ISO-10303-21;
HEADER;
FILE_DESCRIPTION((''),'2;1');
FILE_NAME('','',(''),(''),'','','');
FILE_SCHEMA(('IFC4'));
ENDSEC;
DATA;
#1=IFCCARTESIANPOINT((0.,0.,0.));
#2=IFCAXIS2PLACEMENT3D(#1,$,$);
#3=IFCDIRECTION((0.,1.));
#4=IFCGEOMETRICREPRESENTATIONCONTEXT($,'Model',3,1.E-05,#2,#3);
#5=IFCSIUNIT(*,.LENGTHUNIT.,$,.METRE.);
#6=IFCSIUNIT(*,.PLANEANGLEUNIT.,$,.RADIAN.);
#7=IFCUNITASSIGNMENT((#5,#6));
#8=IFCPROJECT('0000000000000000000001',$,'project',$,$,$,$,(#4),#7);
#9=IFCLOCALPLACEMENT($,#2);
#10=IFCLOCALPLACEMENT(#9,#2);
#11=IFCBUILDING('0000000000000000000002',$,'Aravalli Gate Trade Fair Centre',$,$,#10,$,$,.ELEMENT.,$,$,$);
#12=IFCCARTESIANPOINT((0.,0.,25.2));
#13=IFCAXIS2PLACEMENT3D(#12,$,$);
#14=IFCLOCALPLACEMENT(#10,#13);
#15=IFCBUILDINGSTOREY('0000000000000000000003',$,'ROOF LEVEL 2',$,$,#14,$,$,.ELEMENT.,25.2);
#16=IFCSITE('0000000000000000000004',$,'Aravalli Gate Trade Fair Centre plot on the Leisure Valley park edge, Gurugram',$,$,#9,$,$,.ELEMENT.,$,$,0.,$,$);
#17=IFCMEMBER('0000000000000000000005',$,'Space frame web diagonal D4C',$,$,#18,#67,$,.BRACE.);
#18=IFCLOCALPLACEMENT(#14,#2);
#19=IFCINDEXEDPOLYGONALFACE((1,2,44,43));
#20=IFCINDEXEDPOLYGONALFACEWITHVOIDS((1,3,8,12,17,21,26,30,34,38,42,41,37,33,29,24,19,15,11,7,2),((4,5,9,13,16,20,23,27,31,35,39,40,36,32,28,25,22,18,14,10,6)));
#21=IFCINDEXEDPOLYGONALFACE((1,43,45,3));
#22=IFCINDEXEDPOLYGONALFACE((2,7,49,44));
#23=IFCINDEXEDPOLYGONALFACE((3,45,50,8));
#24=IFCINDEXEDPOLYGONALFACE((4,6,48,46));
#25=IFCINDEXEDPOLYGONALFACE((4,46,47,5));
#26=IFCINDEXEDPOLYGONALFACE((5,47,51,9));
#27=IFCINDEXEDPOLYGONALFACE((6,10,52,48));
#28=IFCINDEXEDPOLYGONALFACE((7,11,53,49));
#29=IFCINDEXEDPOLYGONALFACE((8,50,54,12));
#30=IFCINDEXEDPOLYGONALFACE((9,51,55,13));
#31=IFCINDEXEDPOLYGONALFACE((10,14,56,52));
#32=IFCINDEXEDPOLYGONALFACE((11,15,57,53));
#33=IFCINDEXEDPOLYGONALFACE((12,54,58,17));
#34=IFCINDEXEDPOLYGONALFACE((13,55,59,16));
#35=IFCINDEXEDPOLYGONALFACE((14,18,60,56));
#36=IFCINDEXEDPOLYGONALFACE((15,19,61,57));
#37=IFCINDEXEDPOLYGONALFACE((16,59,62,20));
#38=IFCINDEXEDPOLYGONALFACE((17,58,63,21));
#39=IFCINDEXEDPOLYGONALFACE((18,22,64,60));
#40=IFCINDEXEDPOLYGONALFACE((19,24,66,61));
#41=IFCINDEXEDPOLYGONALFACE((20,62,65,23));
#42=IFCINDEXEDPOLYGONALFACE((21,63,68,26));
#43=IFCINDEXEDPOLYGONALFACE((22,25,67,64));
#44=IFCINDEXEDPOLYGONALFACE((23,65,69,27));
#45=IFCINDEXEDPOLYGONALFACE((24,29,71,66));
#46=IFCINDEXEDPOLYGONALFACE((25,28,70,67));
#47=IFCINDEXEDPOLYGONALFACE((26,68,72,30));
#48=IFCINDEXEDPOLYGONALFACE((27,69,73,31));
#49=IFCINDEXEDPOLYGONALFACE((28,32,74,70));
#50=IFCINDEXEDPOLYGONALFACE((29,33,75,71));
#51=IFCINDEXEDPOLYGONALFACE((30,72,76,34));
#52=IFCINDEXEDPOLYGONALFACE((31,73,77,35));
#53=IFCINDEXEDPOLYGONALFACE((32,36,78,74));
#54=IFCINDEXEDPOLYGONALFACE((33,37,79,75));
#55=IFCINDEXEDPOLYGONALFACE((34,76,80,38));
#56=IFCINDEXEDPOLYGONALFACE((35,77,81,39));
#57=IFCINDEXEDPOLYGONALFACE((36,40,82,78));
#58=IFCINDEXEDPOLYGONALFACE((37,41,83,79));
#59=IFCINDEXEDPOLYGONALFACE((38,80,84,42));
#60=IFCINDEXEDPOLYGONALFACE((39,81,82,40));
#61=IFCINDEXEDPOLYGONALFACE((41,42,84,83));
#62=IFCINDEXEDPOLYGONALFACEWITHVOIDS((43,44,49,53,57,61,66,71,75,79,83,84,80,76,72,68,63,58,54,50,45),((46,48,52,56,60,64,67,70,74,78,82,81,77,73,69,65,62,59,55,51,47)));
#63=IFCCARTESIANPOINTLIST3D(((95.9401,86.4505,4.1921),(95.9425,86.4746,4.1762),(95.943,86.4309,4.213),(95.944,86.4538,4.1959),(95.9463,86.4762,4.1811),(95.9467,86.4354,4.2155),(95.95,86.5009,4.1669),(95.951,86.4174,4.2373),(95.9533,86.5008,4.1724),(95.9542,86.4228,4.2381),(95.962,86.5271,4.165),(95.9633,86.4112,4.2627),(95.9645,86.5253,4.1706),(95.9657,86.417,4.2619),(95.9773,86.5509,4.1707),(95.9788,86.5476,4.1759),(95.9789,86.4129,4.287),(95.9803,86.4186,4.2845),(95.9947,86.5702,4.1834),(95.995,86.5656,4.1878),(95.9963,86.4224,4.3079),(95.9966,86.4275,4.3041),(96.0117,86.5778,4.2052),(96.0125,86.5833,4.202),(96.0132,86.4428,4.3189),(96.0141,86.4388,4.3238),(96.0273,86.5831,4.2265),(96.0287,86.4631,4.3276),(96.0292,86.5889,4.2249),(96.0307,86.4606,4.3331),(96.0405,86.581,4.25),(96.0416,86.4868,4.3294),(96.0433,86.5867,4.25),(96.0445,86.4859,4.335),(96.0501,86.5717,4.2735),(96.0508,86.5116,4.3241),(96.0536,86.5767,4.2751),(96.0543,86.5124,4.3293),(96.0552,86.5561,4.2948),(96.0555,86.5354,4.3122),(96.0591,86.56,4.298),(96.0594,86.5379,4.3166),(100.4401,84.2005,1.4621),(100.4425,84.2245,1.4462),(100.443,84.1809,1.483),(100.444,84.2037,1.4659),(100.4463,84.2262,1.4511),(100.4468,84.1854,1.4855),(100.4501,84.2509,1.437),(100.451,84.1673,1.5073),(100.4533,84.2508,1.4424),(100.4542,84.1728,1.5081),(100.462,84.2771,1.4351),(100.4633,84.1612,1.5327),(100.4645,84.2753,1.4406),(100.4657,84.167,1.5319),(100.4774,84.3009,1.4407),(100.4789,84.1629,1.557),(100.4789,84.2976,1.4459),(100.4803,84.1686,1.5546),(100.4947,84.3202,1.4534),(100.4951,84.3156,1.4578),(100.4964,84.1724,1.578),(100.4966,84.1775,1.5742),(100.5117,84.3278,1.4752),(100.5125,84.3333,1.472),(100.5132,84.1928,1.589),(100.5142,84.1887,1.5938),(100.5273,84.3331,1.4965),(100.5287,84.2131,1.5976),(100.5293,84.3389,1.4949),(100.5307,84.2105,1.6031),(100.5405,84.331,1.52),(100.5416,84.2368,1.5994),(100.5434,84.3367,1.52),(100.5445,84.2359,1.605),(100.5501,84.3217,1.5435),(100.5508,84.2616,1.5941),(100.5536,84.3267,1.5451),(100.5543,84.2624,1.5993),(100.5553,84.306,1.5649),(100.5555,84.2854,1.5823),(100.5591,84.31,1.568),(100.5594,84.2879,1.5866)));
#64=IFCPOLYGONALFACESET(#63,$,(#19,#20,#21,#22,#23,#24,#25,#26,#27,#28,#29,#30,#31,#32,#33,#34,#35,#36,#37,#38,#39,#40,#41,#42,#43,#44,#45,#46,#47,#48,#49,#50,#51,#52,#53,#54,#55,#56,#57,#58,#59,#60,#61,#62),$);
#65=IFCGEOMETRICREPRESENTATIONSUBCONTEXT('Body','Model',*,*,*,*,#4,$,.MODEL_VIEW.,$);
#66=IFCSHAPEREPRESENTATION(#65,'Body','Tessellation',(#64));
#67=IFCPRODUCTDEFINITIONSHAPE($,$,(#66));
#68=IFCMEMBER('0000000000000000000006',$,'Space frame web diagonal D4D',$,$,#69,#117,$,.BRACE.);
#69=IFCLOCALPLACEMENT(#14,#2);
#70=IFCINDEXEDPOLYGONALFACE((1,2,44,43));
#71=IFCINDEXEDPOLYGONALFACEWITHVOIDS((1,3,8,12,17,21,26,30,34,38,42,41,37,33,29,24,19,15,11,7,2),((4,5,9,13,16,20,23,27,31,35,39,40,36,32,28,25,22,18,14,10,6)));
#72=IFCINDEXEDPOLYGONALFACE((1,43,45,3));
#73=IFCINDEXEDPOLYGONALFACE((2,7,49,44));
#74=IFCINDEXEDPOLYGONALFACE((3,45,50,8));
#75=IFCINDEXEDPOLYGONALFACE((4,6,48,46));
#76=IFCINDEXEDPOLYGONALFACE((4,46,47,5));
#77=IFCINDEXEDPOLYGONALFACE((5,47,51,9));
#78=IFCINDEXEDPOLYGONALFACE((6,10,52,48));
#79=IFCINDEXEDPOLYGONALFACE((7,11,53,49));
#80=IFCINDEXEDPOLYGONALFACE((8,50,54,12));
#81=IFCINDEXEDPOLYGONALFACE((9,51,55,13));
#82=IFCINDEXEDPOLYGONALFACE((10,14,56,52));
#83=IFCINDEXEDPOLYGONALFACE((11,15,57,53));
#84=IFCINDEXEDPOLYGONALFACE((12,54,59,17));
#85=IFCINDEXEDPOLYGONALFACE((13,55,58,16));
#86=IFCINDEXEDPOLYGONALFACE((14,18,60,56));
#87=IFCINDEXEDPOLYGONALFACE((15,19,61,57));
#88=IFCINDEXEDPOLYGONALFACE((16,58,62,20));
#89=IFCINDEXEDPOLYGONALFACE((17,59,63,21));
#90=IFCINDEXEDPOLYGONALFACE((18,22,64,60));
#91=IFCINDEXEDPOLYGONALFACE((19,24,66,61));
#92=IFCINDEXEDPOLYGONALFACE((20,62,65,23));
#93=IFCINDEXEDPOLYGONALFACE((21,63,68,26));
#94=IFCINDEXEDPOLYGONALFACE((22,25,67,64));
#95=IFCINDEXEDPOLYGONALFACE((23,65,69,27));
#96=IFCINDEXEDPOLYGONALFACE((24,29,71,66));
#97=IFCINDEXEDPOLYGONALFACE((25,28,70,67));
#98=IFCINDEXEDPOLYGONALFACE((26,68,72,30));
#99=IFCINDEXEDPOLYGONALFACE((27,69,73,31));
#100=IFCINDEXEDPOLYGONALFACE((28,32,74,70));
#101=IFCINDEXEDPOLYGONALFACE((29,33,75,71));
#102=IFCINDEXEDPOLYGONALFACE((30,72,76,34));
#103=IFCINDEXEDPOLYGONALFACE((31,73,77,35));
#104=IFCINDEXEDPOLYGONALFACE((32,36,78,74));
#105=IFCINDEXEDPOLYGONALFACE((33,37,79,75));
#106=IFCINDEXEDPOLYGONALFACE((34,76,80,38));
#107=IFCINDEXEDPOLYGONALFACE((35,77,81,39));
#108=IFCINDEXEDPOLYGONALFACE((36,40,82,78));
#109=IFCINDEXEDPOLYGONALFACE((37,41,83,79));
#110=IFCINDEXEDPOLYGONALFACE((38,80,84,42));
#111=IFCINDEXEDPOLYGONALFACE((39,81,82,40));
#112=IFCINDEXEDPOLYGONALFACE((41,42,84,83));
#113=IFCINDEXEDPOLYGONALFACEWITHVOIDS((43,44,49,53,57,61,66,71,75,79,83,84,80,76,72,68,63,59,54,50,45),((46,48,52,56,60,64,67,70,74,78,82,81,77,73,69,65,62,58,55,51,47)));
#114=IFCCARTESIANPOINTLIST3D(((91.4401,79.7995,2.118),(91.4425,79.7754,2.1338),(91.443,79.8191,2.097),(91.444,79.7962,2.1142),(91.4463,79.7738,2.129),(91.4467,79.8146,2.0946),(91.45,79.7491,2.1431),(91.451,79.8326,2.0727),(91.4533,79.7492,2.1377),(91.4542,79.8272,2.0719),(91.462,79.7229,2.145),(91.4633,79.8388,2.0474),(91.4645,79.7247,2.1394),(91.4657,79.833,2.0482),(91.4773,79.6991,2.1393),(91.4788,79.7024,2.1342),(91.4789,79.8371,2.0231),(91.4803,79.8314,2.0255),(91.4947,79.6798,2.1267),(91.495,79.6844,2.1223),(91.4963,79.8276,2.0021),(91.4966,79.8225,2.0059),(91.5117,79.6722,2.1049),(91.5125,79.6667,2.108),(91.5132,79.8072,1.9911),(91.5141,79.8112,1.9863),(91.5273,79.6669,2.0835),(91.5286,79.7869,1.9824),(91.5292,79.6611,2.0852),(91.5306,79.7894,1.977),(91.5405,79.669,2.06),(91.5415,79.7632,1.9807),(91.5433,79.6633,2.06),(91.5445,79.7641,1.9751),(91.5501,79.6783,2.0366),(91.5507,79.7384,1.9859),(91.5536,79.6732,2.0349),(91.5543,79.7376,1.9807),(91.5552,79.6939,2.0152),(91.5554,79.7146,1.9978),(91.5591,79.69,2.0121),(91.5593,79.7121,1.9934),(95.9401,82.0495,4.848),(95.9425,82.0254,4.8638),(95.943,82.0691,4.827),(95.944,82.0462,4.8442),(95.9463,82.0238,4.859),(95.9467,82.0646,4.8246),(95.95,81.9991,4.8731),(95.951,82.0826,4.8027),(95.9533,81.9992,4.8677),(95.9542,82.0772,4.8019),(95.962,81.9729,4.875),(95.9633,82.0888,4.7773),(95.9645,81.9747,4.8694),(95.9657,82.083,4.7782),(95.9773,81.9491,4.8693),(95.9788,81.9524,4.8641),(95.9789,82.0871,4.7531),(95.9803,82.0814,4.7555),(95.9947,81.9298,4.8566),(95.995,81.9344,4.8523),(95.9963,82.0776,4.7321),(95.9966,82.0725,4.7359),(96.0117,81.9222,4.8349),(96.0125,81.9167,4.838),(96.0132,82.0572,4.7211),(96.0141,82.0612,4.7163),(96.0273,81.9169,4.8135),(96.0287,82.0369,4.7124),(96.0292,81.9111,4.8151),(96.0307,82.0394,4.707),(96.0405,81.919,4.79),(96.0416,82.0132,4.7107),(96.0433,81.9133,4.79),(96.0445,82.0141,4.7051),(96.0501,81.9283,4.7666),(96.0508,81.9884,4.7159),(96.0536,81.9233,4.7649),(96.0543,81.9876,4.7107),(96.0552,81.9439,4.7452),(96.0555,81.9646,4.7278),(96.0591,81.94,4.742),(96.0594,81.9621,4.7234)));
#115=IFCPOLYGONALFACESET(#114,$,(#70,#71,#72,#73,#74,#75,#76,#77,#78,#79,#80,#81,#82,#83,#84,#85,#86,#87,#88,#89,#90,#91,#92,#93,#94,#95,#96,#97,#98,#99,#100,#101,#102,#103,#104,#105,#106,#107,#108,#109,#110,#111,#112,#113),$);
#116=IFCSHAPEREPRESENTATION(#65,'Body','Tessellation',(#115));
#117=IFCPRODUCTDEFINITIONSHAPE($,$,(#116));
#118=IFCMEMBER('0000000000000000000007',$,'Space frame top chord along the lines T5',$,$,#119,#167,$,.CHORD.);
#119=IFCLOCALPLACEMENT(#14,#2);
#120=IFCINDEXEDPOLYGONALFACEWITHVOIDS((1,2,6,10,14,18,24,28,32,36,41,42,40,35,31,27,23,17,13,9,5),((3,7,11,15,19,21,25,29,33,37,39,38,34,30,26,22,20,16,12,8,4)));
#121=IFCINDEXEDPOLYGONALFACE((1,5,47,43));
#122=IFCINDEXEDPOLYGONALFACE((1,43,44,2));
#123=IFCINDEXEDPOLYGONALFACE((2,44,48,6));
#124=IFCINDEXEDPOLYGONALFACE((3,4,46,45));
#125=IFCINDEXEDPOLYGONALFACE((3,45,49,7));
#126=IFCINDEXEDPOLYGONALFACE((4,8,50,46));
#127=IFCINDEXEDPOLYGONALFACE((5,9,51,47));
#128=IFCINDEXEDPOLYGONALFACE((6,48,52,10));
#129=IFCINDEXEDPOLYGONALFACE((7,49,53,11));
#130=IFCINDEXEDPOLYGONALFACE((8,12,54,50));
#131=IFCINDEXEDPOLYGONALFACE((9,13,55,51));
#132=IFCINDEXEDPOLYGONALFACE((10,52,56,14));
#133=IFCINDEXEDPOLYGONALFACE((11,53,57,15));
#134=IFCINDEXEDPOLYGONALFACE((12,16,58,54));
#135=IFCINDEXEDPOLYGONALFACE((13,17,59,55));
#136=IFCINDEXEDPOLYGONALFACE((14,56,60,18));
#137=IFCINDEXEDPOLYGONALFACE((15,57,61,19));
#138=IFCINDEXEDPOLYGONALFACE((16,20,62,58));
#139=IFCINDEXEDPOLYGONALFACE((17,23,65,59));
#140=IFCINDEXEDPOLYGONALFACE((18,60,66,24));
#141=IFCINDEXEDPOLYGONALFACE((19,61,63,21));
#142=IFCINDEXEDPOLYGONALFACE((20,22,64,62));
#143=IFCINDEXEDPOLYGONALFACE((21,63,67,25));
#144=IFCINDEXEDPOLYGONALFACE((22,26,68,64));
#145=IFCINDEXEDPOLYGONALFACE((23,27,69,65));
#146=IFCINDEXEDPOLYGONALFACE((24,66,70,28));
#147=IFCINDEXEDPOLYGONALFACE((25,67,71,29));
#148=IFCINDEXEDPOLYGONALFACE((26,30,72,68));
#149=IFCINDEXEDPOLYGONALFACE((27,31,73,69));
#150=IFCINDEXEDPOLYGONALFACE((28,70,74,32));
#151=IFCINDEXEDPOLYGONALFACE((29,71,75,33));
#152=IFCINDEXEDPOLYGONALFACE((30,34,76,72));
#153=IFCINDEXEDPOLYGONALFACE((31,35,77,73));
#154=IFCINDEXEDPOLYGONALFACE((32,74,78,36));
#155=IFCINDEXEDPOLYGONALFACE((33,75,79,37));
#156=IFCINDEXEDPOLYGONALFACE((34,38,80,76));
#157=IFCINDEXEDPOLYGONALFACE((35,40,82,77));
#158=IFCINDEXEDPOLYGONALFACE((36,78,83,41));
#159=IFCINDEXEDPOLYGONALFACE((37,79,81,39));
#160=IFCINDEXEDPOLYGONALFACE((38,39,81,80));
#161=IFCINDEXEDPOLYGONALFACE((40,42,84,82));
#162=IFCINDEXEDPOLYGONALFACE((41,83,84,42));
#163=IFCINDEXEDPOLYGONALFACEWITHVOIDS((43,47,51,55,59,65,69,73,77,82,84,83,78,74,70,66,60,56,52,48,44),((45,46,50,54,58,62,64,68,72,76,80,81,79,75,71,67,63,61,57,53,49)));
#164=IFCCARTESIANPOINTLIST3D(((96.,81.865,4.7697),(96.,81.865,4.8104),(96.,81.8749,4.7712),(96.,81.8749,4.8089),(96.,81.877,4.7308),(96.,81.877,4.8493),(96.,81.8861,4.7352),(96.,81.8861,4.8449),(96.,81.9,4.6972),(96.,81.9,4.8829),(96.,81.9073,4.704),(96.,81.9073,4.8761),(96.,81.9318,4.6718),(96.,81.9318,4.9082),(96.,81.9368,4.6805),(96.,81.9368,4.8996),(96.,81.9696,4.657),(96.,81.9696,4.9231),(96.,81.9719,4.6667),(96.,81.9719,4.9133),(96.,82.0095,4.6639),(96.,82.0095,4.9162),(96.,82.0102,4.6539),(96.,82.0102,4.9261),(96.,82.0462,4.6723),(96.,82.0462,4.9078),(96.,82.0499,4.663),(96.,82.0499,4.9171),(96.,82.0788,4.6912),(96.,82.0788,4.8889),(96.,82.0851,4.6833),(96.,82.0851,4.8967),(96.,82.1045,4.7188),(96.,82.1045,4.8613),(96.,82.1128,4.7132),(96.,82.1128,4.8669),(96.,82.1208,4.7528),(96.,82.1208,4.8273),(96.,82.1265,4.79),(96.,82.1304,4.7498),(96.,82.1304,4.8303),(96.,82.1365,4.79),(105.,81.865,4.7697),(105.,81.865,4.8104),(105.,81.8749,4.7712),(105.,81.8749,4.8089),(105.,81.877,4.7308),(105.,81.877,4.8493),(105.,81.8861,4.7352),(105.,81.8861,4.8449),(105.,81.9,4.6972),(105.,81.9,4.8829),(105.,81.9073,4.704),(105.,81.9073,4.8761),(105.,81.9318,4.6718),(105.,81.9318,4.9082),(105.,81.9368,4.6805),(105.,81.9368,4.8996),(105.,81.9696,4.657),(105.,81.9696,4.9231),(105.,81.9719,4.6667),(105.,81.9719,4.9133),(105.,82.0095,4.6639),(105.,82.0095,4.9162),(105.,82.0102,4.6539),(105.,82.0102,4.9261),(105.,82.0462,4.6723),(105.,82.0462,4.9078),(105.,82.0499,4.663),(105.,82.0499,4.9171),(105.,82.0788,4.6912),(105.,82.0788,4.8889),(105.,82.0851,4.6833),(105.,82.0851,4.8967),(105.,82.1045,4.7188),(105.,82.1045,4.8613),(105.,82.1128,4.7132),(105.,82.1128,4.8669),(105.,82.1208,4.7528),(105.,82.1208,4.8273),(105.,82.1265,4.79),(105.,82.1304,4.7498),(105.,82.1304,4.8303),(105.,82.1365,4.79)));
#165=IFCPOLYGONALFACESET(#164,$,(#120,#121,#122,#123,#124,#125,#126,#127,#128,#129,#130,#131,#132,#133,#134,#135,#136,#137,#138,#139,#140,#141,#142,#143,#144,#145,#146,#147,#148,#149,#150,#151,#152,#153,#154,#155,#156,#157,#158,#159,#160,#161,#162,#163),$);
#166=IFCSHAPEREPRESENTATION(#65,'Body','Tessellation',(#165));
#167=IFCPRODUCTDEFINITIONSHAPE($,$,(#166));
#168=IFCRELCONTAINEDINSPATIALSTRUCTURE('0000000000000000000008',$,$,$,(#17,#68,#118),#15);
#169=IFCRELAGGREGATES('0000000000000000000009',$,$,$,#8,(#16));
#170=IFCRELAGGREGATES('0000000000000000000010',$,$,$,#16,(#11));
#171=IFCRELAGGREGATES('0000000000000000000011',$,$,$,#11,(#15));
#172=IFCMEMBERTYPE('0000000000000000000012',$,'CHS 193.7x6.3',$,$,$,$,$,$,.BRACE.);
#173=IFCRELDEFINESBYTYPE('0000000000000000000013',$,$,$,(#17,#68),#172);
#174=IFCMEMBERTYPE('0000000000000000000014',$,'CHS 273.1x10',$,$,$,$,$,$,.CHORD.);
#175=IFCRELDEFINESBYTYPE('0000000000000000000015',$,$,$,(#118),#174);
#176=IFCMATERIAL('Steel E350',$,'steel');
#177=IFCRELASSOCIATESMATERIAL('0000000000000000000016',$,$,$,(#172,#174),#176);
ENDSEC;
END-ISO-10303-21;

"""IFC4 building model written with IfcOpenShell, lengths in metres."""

from ifc_helpers import new_model, si_unit, direction, frame, origin, origin_2d, place, context, subcontext, project, spatial, hollow_circle, extrude, material, material_profile, profile_set, type_object, element, save


model = new_model("IFC4")

# Units and contexts
model_context = context("Model", 3, precision=1e-05, world=origin(), true_north=direction((0.0, 1.0)))
body_context = subcontext(model_context, "Body", "Model", "MODEL_VIEW")
ifc_project = project(units=[si_unit("LENGTHUNIT", "METRE"), si_unit("PLANEANGLEUNIT", "RADIAN")], contexts=[model_context])

# Site, building, storey
site_placement = place(None, origin())
site = spatial("IfcSite", under=ifc_project, at=site_placement, Name="Aravalli Gate Trade Fair Centre plot on the Leisure Valley park edge, Gurugram", CompositionType="ELEMENT", RefElevation=0.0)
building_placement = place(site_placement, origin())
building = spatial("IfcBuilding", under=site, at=building_placement, Name="Aravalli Gate Trade Fair Centre", CompositionType="ELEMENT")
storey_placement = place(building_placement, frame((0.0, 0.0, 25.2)))
storey = spatial("IfcBuildingStorey", under=building, at=storey_placement, Name="ROOF LEVEL 2", CompositionType="ELEMENT", Elevation=25.2)

# Members
ifc_material_1 = material(Name="Steel E350", Category="steel")
ifc_material_profile_1 = material_profile(ifc_material_1, hollow_circle(Radius=0.0969, WallThickness=0.0063, at=origin_2d()), Name="CHS 193.7x6.3")
ifc_profile_set_1 = profile_set([ifc_material_profile_1], Name="Steel E350")
member_type_1 = type_object("IfcMemberType", Name="CHS 193.7x6.3", PredefinedType="BRACE", material=ifc_profile_set_1)
for number, where, z_axis, x_axis, name in (
    (1, (96.0, 86.5, 4.25), (0.78615, -0.393075, -0.476928), (0.447214, 0.894427, 0.0), "Space frame web diagonal D4C"),
    (2, (96.0, 82.0, 4.79), (-0.78615, -0.393075, -0.476928), (0.447214, -0.894427, 0.0), "Space frame web diagonal D4D"),
):
    element("IfcMember", number, at=place(storey_placement, frame(where, z_axis=z_axis, x_axis=x_axis)), inside=storey, type_object=member_type_1, Name=name, PredefinedType="BRACE", context=body_context, shape_type="SweptSolid", body=[
        extrude(hollow_circle(Radius=0.0969, WallThickness=0.0063, at=origin_2d()), origin(), (0.0, 0.0, 1.0), 5.7241),
    ])
ifc_material_profile_2 = material_profile(ifc_material_1, hollow_circle(Radius=0.1365, WallThickness=0.01, at=origin_2d()), Name="CHS 273.1x10")
ifc_profile_set_2 = profile_set([ifc_material_profile_2], Name="Steel E350")
member_type_2 = type_object("IfcMemberType", Name="CHS 273.1x10", PredefinedType="CHORD", material=ifc_profile_set_2)
for number, where, z_axis, x_axis, name in (
    (3, (96.0, 82.0, 4.79), (1.0, 0.0, 0.0), (0.0, 1.0, 0.0), "Space frame top chord along the lines T5"),
):
    element("IfcMember", number, at=place(storey_placement, frame(where, z_axis=z_axis, x_axis=x_axis)), inside=storey, type_object=member_type_2, Name=name, PredefinedType="CHORD", context=body_context, shape_type="SweptSolid", body=[
        extrude(hollow_circle(Radius=0.1365, WallThickness=0.01, at=origin_2d()), origin(), (0.0, 0.0, 1.0), 9.0),
    ])

save(model, "model.ifc")
